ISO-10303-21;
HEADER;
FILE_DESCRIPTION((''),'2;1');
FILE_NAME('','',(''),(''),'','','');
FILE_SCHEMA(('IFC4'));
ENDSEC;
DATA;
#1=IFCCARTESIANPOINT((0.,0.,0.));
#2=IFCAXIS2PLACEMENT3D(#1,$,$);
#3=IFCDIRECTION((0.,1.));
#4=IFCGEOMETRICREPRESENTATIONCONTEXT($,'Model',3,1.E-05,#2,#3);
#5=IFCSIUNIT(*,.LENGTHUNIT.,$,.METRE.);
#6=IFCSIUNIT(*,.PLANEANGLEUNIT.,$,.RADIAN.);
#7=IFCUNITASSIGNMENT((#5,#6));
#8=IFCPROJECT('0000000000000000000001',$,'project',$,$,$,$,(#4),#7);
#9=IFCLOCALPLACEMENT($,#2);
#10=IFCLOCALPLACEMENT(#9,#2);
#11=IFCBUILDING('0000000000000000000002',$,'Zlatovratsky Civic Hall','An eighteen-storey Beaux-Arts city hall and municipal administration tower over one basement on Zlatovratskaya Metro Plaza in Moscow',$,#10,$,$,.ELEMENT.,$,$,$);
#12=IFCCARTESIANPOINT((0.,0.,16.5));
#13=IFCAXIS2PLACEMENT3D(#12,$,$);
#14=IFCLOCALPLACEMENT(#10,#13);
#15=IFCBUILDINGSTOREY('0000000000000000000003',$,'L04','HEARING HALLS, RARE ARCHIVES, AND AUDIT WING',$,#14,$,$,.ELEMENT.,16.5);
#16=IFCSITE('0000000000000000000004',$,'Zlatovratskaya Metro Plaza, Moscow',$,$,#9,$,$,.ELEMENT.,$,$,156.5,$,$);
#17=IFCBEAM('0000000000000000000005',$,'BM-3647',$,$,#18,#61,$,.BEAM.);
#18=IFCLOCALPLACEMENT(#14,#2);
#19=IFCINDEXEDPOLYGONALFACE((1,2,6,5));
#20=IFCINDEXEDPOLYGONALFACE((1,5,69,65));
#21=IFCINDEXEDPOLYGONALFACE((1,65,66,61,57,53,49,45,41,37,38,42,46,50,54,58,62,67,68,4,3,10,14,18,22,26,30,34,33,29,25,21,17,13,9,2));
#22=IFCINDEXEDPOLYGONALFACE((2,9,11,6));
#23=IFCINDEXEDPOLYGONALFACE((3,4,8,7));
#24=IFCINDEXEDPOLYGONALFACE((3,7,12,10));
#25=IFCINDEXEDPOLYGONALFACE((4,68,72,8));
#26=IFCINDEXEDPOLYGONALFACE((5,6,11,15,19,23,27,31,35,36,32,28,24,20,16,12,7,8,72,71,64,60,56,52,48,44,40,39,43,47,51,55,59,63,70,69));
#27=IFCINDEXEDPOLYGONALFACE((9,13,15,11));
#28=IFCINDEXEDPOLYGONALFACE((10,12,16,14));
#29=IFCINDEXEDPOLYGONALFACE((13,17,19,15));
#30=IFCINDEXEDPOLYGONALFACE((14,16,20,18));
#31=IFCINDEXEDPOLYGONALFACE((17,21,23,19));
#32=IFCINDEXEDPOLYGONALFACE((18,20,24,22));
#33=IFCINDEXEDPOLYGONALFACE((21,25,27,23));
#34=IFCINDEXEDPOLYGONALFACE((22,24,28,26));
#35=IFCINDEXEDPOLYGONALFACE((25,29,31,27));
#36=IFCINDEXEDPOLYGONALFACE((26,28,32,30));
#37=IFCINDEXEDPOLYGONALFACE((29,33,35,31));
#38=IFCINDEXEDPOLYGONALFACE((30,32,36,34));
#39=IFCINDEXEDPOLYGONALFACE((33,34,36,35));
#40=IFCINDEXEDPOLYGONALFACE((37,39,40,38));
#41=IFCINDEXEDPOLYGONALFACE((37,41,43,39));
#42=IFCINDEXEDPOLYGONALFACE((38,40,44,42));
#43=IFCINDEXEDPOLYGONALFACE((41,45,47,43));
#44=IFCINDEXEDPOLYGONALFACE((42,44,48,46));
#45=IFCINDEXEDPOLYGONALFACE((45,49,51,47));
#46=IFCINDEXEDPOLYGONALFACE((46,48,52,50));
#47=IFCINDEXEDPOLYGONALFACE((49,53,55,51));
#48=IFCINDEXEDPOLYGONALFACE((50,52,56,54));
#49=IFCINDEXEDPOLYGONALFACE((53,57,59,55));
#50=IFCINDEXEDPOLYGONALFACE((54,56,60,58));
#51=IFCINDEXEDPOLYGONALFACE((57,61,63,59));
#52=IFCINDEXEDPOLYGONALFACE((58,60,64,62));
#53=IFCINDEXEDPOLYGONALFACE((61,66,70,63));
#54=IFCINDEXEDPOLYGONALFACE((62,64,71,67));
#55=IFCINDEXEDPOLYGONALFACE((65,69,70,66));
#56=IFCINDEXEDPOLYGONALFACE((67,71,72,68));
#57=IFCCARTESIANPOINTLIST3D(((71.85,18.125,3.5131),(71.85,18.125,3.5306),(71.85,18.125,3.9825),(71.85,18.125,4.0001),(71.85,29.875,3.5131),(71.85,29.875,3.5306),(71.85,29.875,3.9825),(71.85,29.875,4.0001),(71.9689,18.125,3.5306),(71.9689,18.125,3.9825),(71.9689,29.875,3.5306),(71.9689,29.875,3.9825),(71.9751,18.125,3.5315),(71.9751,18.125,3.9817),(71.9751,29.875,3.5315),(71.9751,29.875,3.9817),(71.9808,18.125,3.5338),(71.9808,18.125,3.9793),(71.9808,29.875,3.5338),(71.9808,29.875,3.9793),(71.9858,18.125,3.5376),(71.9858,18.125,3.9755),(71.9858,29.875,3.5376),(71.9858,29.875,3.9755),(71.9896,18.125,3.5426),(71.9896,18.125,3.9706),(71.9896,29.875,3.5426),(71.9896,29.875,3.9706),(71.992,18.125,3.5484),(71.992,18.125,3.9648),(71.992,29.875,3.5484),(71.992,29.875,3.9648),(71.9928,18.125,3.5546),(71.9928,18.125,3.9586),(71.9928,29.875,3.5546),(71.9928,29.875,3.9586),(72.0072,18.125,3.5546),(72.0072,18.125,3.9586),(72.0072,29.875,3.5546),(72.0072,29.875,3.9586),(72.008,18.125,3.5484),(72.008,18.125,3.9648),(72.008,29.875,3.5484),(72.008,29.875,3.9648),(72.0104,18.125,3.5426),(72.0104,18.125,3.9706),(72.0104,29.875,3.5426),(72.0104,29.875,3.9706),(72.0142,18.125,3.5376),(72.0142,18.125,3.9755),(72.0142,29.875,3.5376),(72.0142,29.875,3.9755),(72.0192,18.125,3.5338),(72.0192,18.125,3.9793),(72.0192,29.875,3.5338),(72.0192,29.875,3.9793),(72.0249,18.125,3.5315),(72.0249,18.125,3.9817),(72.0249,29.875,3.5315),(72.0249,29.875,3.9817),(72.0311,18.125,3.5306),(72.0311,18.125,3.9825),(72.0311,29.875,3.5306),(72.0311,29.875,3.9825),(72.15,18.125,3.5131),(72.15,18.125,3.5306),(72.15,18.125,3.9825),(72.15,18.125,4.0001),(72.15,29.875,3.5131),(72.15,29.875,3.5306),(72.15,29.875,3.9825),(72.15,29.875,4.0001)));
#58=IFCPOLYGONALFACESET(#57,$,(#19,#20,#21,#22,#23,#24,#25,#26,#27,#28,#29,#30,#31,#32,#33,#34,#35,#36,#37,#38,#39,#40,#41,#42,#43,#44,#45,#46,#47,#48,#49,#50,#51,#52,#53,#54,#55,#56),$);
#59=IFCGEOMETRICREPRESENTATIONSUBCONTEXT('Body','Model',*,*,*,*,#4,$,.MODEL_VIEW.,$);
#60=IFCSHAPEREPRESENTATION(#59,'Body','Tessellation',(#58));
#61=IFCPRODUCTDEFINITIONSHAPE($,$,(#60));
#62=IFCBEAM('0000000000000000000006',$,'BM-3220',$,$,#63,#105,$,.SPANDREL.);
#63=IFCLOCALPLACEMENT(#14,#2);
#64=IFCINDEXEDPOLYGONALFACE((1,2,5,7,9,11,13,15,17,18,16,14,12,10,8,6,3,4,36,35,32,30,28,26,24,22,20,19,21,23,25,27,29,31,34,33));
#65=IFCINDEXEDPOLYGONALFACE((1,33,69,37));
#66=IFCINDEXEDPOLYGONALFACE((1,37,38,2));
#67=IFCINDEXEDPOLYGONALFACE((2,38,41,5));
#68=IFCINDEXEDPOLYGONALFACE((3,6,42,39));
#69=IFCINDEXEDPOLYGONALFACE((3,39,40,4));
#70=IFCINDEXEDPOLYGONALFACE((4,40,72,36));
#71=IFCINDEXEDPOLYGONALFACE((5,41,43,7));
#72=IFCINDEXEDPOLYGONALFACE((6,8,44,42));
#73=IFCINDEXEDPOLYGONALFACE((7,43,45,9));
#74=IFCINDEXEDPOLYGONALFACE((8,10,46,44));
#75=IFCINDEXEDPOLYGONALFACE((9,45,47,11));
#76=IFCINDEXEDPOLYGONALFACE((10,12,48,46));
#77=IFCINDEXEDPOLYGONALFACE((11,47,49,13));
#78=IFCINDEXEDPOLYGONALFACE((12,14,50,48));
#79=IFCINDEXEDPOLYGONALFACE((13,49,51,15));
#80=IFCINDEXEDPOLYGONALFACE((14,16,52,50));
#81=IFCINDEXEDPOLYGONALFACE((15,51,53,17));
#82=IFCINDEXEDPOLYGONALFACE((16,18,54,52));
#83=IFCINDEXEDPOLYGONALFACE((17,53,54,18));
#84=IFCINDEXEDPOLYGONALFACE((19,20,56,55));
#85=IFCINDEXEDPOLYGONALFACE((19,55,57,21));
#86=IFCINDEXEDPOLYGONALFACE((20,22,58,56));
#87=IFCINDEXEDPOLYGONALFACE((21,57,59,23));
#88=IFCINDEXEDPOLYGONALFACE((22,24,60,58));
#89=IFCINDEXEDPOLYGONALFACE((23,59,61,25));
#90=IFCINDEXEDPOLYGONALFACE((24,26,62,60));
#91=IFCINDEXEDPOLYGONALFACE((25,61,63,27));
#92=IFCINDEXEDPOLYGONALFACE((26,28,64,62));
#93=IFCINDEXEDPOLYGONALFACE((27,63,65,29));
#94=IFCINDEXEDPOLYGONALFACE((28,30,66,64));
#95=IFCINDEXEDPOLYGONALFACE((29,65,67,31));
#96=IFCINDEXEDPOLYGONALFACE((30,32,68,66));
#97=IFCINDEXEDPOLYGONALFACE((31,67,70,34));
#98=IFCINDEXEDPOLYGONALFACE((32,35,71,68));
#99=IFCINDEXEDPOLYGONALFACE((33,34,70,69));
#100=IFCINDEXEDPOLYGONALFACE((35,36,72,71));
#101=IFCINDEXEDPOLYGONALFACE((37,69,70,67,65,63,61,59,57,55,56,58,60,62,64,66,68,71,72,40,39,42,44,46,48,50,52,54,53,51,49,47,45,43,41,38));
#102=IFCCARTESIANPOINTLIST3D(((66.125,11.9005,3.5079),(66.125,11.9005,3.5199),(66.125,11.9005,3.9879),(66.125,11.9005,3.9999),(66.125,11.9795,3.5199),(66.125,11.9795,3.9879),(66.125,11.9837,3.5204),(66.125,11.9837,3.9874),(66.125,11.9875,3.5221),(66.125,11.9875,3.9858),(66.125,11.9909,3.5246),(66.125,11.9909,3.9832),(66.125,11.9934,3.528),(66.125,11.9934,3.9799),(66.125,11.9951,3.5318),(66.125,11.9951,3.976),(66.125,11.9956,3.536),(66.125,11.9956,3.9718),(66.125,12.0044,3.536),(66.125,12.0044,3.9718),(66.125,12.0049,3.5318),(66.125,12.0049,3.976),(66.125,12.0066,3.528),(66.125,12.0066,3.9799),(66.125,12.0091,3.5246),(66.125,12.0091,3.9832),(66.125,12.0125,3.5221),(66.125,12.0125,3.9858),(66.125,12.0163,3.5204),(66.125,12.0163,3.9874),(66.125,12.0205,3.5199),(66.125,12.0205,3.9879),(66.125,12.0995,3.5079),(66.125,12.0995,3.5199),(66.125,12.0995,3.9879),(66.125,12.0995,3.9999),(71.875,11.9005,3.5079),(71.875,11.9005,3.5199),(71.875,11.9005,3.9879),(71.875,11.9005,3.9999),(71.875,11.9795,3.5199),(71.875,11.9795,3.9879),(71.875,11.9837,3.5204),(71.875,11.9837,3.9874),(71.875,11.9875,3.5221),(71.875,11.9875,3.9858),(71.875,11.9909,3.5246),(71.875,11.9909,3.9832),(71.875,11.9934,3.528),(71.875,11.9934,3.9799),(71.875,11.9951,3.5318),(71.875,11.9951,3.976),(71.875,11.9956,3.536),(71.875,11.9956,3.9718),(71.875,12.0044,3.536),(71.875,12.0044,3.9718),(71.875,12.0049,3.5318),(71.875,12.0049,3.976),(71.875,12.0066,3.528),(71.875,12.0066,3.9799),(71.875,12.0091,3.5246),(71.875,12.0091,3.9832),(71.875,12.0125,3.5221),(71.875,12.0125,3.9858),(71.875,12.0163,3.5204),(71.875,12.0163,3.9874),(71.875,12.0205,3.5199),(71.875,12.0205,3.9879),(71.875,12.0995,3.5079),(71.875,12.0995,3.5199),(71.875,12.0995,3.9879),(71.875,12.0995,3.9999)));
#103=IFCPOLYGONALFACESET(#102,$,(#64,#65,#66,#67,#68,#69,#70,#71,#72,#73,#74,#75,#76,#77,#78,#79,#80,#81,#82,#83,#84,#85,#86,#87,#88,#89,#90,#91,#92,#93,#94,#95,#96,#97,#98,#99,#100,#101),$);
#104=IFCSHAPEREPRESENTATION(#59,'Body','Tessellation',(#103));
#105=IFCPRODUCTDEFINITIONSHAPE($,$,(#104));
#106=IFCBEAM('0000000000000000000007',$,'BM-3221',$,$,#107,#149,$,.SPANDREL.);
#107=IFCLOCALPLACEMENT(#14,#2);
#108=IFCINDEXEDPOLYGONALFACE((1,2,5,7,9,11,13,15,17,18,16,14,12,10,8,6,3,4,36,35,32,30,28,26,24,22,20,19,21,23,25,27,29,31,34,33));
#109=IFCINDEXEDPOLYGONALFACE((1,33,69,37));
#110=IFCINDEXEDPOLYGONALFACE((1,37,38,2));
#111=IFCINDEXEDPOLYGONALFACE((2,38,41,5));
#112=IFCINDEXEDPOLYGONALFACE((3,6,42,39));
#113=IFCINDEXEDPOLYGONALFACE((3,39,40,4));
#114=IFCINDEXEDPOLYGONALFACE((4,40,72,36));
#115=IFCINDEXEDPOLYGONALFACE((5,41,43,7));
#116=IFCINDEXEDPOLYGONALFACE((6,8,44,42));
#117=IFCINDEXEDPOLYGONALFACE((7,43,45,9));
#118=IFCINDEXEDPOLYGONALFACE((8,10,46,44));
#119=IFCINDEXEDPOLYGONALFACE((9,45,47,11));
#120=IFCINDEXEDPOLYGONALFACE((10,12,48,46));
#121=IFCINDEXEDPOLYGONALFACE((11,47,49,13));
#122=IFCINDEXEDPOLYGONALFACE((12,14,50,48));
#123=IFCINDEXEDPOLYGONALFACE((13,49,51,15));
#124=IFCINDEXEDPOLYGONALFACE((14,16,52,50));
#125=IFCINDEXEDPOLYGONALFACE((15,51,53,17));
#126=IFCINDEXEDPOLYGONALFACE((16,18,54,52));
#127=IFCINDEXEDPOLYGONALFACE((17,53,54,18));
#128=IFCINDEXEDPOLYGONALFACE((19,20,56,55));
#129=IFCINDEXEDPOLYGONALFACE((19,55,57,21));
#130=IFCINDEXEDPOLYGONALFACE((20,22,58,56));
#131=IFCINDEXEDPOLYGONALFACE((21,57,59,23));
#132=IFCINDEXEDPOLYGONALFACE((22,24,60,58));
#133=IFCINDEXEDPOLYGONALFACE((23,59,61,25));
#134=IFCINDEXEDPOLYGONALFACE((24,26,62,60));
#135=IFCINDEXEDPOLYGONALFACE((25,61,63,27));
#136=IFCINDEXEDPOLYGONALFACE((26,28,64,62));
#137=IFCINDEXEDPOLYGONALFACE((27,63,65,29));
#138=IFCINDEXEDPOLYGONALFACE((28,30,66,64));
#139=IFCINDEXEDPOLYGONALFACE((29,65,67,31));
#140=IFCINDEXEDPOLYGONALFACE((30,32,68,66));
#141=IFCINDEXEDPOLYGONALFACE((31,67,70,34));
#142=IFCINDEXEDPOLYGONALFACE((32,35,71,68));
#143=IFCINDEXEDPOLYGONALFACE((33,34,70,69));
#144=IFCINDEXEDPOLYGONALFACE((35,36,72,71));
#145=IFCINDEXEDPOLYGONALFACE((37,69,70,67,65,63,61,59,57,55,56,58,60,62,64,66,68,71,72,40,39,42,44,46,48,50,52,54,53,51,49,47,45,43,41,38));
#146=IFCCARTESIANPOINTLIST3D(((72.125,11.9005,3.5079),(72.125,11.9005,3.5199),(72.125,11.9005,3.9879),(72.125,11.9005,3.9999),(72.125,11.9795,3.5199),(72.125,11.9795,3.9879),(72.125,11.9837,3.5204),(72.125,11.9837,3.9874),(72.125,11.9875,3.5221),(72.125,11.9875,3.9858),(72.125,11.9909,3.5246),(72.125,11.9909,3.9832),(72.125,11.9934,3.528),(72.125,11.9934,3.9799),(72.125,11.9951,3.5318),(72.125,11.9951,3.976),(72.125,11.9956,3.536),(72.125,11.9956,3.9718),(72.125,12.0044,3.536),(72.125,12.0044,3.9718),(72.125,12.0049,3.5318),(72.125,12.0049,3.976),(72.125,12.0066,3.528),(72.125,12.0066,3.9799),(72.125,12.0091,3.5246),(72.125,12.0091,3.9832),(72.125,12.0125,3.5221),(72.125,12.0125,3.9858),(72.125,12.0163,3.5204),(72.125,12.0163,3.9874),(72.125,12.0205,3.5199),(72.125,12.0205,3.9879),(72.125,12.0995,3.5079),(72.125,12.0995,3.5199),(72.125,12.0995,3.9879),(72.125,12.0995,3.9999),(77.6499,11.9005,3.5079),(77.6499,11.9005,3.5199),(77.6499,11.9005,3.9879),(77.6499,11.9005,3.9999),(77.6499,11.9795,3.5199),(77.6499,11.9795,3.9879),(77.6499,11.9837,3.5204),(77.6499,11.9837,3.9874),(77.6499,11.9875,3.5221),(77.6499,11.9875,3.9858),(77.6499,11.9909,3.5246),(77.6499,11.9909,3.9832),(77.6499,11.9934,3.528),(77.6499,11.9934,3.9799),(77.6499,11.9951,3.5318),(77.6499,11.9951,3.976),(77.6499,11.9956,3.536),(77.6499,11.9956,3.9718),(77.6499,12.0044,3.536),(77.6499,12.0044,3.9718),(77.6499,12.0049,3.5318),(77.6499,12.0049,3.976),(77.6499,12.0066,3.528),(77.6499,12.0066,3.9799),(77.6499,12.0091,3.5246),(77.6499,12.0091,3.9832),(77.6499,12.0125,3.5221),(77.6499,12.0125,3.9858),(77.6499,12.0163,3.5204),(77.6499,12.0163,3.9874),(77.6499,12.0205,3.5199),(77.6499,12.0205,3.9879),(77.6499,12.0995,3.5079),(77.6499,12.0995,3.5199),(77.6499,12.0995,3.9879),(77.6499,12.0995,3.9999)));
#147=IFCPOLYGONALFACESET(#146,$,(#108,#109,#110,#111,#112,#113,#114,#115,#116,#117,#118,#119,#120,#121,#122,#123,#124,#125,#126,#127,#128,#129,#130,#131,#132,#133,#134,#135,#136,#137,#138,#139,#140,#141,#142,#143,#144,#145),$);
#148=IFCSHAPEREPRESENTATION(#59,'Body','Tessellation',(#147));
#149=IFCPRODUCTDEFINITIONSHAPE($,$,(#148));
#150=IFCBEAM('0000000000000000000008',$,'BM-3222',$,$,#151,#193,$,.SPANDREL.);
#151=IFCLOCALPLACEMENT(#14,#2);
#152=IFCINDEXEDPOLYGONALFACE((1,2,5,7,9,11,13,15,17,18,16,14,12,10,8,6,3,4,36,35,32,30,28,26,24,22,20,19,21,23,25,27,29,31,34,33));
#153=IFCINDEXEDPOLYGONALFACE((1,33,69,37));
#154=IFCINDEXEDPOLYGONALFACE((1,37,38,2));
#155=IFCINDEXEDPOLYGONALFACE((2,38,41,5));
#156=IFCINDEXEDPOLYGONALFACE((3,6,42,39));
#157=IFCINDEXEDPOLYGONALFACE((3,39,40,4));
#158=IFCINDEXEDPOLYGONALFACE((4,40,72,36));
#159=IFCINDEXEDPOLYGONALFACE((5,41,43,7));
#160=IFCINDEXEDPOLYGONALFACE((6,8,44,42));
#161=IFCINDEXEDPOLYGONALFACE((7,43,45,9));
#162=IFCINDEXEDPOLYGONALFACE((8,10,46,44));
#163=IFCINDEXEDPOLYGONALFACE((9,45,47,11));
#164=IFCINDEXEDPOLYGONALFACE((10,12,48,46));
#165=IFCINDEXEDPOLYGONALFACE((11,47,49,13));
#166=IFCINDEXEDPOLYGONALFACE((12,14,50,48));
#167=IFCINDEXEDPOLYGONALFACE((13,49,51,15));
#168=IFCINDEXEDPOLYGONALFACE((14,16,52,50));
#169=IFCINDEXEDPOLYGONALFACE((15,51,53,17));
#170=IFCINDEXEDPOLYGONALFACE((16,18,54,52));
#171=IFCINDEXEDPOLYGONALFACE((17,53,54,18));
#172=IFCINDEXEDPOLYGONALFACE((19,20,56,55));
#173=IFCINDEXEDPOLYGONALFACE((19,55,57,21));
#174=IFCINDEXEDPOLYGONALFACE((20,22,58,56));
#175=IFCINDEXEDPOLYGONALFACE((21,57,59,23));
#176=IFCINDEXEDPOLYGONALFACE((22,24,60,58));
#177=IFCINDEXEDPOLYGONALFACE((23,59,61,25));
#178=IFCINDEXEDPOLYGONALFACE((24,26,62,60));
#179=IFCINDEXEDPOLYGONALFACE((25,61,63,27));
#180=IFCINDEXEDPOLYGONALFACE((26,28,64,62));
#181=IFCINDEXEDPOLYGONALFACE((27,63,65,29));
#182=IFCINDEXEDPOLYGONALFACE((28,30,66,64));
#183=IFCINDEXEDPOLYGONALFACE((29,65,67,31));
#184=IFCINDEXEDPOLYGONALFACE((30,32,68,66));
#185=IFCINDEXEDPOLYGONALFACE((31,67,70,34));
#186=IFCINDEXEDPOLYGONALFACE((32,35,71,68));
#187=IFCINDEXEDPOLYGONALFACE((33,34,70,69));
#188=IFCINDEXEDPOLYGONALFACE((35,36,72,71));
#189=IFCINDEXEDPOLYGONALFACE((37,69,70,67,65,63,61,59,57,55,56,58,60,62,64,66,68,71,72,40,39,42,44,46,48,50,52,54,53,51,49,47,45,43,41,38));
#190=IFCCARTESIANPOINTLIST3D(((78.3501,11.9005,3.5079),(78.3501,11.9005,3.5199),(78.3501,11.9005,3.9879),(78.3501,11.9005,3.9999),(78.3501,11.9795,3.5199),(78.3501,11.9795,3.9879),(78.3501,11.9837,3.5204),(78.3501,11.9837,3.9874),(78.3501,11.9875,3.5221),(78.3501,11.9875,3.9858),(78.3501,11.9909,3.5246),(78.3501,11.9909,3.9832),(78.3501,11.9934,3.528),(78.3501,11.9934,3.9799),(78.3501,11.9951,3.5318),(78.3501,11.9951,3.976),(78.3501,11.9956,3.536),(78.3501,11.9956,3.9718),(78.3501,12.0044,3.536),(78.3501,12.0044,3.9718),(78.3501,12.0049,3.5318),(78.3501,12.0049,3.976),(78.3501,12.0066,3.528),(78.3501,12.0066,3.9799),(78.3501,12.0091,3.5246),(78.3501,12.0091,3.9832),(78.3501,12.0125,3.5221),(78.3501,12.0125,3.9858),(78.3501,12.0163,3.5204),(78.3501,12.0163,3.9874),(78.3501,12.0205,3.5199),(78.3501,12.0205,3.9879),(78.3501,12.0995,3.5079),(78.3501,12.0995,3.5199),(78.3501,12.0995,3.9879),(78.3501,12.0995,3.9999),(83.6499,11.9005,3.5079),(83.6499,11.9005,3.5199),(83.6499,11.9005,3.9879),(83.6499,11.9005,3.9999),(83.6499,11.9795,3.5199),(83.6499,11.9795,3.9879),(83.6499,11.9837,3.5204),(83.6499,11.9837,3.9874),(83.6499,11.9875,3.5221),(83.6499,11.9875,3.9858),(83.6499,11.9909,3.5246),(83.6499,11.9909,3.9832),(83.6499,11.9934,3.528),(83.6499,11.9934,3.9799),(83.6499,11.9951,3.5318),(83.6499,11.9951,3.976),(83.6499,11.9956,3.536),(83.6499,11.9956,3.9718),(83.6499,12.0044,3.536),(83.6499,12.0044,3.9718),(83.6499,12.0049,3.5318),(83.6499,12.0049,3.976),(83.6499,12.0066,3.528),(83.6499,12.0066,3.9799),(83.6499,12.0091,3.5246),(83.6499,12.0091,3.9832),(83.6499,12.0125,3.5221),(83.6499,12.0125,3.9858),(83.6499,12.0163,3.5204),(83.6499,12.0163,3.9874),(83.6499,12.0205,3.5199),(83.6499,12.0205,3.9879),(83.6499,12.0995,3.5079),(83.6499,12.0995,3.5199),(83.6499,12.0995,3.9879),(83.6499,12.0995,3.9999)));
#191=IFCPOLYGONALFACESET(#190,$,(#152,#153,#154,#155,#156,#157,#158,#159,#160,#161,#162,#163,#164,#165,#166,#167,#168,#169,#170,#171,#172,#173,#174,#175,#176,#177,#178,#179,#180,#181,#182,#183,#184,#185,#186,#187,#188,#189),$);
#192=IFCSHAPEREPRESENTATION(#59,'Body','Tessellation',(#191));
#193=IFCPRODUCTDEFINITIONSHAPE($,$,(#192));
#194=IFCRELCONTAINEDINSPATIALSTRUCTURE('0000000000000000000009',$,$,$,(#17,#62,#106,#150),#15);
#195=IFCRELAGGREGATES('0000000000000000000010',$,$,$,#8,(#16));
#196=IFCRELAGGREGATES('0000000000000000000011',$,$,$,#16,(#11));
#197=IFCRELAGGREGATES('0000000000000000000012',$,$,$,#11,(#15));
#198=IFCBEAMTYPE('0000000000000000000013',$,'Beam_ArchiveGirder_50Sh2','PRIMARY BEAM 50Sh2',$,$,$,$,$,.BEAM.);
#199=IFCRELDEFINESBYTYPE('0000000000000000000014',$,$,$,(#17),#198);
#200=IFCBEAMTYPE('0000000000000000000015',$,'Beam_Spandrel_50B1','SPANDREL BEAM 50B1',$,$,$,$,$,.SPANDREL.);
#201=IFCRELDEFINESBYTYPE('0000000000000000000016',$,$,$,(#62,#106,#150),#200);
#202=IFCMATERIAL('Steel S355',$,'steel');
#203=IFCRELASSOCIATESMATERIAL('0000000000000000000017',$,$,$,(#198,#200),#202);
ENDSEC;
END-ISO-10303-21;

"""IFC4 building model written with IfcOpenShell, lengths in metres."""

from ifc_helpers import new_model, si_unit, direction, frame, origin, origin_2d, place, context, subcontext, project, spatial, i_section, extrude, material, material_profile, profile_set, type_object, element, save


model = new_model("IFC4")

# Units and contexts
model_context = context("Model", 3, precision=1e-05, world=origin(), true_north=direction((0.0, 1.0)))
body_context = subcontext(model_context, "Body", "Model", "MODEL_VIEW")
ifc_project = project(units=[si_unit("LENGTHUNIT", "METRE"), si_unit("PLANEANGLEUNIT", "RADIAN")], contexts=[model_context])

# Site, building, storey
site_placement = place(None, origin())
site = spatial("IfcSite", under=ifc_project, at=site_placement, Name="Zlatovratskaya Metro Plaza, Moscow", CompositionType="ELEMENT", RefElevation=156.5)
building_placement = place(site_placement, origin())
building = spatial("IfcBuilding", under=site, at=building_placement, Name="Zlatovratsky Civic Hall", Description="An eighteen-storey Beaux-Arts city hall and municipal administration tower over one basement on Zlatovratskaya Metro Plaza in Moscow", CompositionType="ELEMENT")
storey_placement = place(building_placement, frame((0.0, 0.0, 16.5)))
storey = spatial("IfcBuildingStorey", under=building, at=storey_placement, Name="L04", Description="HEARING HALLS, RARE ARCHIVES, AND AUDIT WING", CompositionType="ELEMENT", Elevation=16.5)

# Shared definitions
ifc_material_1 = material(Name="Steel S355", Category="steel")

# Beams
ifc_material_profile_1 = material_profile(ifc_material_1, i_section(OverallWidth=0.3, OverallDepth=0.4871, WebThickness=0.0144, FlangeThickness=0.0176, FilletRadius=0.0239, at=origin_2d()), Name="50Sh2")
ifc_profile_set_1 = profile_set([ifc_material_profile_1], Name="Steel S355")
beam_type_1 = type_object("IfcBeamType", Name="Beam_ArchiveGirder_50Sh2", Description="PRIMARY BEAM 50Sh2", PredefinedType="BEAM", material=ifc_profile_set_1)
beam_1_placement = place(storey_placement, frame((72.0, 18.125, 3.7566), z_axis=(0.0, 1.0, 0.0), x_axis=(-1.0, 0.0, 0.0)))
element("IfcBeam", 1, at=beam_1_placement, inside=storey, type_object=beam_type_1, Name="BM-3647", PredefinedType="BEAM", context=body_context, shape_type="SweptSolid", body=[
    extrude(i_section(OverallWidth=0.3, OverallDepth=0.4871, WebThickness=0.0144, FlangeThickness=0.0176, FilletRadius=0.0239, at=origin_2d()), origin(), (0.0, 0.0, 1.0), 11.75),
])
ifc_material_profile_2 = material_profile(ifc_material_1, i_section(OverallWidth=0.199, OverallDepth=0.4919, WebThickness=0.0088, FlangeThickness=0.012, FilletRadius=0.0161, at=origin_2d()), Name="50B1")
ifc_profile_set_2 = profile_set([ifc_material_profile_2], Name="Steel S355")
beam_type_2 = type_object("IfcBeamType", Name="Beam_Spandrel_50B1", Description="SPANDREL BEAM 50B1", PredefinedType="SPANDREL", material=ifc_profile_set_2)
beam_2_placement = place(storey_placement, frame((66.125, 12.0, 3.7539), z_axis=(1.0, 0.0, 0.0), x_axis=(0.0, 1.0, 0.0)))
element("IfcBeam", 2, at=beam_2_placement, inside=storey, type_object=beam_type_2, Name="BM-3220", PredefinedType="SPANDREL", context=body_context, shape_type="SweptSolid", body=[
    extrude(i_section(OverallWidth=0.199, OverallDepth=0.4919, WebThickness=0.0088, FlangeThickness=0.012, FilletRadius=0.0161, at=origin_2d()), origin(), (0.0, 0.0, 1.0), 5.75),
])
beam_3_placement = place(storey_placement, frame((72.125, 12.0, 3.7539), z_axis=(1.0, 0.0, 0.0), x_axis=(0.0, 1.0, 0.0)))
element("IfcBeam", 3, at=beam_3_placement, inside=storey, type_object=beam_type_2, Name="BM-3221", PredefinedType="SPANDREL", context=body_context, shape_type="SweptSolid", body=[
    extrude(i_section(OverallWidth=0.199, OverallDepth=0.4919, WebThickness=0.0088, FlangeThickness=0.012, FilletRadius=0.0161, at=origin_2d()), origin(), (0.0, 0.0, 1.0), 5.5249),
])
beam_4_placement = place(storey_placement, frame((78.3501, 12.0, 3.7539), z_axis=(1.0, 0.0, 0.0), x_axis=(0.0, 1.0, 0.0)))
element("IfcBeam", 4, at=beam_4_placement, inside=storey, type_object=beam_type_2, Name="BM-3222", PredefinedType="SPANDREL", context=body_context, shape_type="SweptSolid", body=[
    extrude(i_section(OverallWidth=0.199, OverallDepth=0.4919, WebThickness=0.0088, FlangeThickness=0.012, FilletRadius=0.0161, at=origin_2d()), origin(), (0.0, 0.0, 1.0), 5.2998),
])

save(model, "model.ifc")
